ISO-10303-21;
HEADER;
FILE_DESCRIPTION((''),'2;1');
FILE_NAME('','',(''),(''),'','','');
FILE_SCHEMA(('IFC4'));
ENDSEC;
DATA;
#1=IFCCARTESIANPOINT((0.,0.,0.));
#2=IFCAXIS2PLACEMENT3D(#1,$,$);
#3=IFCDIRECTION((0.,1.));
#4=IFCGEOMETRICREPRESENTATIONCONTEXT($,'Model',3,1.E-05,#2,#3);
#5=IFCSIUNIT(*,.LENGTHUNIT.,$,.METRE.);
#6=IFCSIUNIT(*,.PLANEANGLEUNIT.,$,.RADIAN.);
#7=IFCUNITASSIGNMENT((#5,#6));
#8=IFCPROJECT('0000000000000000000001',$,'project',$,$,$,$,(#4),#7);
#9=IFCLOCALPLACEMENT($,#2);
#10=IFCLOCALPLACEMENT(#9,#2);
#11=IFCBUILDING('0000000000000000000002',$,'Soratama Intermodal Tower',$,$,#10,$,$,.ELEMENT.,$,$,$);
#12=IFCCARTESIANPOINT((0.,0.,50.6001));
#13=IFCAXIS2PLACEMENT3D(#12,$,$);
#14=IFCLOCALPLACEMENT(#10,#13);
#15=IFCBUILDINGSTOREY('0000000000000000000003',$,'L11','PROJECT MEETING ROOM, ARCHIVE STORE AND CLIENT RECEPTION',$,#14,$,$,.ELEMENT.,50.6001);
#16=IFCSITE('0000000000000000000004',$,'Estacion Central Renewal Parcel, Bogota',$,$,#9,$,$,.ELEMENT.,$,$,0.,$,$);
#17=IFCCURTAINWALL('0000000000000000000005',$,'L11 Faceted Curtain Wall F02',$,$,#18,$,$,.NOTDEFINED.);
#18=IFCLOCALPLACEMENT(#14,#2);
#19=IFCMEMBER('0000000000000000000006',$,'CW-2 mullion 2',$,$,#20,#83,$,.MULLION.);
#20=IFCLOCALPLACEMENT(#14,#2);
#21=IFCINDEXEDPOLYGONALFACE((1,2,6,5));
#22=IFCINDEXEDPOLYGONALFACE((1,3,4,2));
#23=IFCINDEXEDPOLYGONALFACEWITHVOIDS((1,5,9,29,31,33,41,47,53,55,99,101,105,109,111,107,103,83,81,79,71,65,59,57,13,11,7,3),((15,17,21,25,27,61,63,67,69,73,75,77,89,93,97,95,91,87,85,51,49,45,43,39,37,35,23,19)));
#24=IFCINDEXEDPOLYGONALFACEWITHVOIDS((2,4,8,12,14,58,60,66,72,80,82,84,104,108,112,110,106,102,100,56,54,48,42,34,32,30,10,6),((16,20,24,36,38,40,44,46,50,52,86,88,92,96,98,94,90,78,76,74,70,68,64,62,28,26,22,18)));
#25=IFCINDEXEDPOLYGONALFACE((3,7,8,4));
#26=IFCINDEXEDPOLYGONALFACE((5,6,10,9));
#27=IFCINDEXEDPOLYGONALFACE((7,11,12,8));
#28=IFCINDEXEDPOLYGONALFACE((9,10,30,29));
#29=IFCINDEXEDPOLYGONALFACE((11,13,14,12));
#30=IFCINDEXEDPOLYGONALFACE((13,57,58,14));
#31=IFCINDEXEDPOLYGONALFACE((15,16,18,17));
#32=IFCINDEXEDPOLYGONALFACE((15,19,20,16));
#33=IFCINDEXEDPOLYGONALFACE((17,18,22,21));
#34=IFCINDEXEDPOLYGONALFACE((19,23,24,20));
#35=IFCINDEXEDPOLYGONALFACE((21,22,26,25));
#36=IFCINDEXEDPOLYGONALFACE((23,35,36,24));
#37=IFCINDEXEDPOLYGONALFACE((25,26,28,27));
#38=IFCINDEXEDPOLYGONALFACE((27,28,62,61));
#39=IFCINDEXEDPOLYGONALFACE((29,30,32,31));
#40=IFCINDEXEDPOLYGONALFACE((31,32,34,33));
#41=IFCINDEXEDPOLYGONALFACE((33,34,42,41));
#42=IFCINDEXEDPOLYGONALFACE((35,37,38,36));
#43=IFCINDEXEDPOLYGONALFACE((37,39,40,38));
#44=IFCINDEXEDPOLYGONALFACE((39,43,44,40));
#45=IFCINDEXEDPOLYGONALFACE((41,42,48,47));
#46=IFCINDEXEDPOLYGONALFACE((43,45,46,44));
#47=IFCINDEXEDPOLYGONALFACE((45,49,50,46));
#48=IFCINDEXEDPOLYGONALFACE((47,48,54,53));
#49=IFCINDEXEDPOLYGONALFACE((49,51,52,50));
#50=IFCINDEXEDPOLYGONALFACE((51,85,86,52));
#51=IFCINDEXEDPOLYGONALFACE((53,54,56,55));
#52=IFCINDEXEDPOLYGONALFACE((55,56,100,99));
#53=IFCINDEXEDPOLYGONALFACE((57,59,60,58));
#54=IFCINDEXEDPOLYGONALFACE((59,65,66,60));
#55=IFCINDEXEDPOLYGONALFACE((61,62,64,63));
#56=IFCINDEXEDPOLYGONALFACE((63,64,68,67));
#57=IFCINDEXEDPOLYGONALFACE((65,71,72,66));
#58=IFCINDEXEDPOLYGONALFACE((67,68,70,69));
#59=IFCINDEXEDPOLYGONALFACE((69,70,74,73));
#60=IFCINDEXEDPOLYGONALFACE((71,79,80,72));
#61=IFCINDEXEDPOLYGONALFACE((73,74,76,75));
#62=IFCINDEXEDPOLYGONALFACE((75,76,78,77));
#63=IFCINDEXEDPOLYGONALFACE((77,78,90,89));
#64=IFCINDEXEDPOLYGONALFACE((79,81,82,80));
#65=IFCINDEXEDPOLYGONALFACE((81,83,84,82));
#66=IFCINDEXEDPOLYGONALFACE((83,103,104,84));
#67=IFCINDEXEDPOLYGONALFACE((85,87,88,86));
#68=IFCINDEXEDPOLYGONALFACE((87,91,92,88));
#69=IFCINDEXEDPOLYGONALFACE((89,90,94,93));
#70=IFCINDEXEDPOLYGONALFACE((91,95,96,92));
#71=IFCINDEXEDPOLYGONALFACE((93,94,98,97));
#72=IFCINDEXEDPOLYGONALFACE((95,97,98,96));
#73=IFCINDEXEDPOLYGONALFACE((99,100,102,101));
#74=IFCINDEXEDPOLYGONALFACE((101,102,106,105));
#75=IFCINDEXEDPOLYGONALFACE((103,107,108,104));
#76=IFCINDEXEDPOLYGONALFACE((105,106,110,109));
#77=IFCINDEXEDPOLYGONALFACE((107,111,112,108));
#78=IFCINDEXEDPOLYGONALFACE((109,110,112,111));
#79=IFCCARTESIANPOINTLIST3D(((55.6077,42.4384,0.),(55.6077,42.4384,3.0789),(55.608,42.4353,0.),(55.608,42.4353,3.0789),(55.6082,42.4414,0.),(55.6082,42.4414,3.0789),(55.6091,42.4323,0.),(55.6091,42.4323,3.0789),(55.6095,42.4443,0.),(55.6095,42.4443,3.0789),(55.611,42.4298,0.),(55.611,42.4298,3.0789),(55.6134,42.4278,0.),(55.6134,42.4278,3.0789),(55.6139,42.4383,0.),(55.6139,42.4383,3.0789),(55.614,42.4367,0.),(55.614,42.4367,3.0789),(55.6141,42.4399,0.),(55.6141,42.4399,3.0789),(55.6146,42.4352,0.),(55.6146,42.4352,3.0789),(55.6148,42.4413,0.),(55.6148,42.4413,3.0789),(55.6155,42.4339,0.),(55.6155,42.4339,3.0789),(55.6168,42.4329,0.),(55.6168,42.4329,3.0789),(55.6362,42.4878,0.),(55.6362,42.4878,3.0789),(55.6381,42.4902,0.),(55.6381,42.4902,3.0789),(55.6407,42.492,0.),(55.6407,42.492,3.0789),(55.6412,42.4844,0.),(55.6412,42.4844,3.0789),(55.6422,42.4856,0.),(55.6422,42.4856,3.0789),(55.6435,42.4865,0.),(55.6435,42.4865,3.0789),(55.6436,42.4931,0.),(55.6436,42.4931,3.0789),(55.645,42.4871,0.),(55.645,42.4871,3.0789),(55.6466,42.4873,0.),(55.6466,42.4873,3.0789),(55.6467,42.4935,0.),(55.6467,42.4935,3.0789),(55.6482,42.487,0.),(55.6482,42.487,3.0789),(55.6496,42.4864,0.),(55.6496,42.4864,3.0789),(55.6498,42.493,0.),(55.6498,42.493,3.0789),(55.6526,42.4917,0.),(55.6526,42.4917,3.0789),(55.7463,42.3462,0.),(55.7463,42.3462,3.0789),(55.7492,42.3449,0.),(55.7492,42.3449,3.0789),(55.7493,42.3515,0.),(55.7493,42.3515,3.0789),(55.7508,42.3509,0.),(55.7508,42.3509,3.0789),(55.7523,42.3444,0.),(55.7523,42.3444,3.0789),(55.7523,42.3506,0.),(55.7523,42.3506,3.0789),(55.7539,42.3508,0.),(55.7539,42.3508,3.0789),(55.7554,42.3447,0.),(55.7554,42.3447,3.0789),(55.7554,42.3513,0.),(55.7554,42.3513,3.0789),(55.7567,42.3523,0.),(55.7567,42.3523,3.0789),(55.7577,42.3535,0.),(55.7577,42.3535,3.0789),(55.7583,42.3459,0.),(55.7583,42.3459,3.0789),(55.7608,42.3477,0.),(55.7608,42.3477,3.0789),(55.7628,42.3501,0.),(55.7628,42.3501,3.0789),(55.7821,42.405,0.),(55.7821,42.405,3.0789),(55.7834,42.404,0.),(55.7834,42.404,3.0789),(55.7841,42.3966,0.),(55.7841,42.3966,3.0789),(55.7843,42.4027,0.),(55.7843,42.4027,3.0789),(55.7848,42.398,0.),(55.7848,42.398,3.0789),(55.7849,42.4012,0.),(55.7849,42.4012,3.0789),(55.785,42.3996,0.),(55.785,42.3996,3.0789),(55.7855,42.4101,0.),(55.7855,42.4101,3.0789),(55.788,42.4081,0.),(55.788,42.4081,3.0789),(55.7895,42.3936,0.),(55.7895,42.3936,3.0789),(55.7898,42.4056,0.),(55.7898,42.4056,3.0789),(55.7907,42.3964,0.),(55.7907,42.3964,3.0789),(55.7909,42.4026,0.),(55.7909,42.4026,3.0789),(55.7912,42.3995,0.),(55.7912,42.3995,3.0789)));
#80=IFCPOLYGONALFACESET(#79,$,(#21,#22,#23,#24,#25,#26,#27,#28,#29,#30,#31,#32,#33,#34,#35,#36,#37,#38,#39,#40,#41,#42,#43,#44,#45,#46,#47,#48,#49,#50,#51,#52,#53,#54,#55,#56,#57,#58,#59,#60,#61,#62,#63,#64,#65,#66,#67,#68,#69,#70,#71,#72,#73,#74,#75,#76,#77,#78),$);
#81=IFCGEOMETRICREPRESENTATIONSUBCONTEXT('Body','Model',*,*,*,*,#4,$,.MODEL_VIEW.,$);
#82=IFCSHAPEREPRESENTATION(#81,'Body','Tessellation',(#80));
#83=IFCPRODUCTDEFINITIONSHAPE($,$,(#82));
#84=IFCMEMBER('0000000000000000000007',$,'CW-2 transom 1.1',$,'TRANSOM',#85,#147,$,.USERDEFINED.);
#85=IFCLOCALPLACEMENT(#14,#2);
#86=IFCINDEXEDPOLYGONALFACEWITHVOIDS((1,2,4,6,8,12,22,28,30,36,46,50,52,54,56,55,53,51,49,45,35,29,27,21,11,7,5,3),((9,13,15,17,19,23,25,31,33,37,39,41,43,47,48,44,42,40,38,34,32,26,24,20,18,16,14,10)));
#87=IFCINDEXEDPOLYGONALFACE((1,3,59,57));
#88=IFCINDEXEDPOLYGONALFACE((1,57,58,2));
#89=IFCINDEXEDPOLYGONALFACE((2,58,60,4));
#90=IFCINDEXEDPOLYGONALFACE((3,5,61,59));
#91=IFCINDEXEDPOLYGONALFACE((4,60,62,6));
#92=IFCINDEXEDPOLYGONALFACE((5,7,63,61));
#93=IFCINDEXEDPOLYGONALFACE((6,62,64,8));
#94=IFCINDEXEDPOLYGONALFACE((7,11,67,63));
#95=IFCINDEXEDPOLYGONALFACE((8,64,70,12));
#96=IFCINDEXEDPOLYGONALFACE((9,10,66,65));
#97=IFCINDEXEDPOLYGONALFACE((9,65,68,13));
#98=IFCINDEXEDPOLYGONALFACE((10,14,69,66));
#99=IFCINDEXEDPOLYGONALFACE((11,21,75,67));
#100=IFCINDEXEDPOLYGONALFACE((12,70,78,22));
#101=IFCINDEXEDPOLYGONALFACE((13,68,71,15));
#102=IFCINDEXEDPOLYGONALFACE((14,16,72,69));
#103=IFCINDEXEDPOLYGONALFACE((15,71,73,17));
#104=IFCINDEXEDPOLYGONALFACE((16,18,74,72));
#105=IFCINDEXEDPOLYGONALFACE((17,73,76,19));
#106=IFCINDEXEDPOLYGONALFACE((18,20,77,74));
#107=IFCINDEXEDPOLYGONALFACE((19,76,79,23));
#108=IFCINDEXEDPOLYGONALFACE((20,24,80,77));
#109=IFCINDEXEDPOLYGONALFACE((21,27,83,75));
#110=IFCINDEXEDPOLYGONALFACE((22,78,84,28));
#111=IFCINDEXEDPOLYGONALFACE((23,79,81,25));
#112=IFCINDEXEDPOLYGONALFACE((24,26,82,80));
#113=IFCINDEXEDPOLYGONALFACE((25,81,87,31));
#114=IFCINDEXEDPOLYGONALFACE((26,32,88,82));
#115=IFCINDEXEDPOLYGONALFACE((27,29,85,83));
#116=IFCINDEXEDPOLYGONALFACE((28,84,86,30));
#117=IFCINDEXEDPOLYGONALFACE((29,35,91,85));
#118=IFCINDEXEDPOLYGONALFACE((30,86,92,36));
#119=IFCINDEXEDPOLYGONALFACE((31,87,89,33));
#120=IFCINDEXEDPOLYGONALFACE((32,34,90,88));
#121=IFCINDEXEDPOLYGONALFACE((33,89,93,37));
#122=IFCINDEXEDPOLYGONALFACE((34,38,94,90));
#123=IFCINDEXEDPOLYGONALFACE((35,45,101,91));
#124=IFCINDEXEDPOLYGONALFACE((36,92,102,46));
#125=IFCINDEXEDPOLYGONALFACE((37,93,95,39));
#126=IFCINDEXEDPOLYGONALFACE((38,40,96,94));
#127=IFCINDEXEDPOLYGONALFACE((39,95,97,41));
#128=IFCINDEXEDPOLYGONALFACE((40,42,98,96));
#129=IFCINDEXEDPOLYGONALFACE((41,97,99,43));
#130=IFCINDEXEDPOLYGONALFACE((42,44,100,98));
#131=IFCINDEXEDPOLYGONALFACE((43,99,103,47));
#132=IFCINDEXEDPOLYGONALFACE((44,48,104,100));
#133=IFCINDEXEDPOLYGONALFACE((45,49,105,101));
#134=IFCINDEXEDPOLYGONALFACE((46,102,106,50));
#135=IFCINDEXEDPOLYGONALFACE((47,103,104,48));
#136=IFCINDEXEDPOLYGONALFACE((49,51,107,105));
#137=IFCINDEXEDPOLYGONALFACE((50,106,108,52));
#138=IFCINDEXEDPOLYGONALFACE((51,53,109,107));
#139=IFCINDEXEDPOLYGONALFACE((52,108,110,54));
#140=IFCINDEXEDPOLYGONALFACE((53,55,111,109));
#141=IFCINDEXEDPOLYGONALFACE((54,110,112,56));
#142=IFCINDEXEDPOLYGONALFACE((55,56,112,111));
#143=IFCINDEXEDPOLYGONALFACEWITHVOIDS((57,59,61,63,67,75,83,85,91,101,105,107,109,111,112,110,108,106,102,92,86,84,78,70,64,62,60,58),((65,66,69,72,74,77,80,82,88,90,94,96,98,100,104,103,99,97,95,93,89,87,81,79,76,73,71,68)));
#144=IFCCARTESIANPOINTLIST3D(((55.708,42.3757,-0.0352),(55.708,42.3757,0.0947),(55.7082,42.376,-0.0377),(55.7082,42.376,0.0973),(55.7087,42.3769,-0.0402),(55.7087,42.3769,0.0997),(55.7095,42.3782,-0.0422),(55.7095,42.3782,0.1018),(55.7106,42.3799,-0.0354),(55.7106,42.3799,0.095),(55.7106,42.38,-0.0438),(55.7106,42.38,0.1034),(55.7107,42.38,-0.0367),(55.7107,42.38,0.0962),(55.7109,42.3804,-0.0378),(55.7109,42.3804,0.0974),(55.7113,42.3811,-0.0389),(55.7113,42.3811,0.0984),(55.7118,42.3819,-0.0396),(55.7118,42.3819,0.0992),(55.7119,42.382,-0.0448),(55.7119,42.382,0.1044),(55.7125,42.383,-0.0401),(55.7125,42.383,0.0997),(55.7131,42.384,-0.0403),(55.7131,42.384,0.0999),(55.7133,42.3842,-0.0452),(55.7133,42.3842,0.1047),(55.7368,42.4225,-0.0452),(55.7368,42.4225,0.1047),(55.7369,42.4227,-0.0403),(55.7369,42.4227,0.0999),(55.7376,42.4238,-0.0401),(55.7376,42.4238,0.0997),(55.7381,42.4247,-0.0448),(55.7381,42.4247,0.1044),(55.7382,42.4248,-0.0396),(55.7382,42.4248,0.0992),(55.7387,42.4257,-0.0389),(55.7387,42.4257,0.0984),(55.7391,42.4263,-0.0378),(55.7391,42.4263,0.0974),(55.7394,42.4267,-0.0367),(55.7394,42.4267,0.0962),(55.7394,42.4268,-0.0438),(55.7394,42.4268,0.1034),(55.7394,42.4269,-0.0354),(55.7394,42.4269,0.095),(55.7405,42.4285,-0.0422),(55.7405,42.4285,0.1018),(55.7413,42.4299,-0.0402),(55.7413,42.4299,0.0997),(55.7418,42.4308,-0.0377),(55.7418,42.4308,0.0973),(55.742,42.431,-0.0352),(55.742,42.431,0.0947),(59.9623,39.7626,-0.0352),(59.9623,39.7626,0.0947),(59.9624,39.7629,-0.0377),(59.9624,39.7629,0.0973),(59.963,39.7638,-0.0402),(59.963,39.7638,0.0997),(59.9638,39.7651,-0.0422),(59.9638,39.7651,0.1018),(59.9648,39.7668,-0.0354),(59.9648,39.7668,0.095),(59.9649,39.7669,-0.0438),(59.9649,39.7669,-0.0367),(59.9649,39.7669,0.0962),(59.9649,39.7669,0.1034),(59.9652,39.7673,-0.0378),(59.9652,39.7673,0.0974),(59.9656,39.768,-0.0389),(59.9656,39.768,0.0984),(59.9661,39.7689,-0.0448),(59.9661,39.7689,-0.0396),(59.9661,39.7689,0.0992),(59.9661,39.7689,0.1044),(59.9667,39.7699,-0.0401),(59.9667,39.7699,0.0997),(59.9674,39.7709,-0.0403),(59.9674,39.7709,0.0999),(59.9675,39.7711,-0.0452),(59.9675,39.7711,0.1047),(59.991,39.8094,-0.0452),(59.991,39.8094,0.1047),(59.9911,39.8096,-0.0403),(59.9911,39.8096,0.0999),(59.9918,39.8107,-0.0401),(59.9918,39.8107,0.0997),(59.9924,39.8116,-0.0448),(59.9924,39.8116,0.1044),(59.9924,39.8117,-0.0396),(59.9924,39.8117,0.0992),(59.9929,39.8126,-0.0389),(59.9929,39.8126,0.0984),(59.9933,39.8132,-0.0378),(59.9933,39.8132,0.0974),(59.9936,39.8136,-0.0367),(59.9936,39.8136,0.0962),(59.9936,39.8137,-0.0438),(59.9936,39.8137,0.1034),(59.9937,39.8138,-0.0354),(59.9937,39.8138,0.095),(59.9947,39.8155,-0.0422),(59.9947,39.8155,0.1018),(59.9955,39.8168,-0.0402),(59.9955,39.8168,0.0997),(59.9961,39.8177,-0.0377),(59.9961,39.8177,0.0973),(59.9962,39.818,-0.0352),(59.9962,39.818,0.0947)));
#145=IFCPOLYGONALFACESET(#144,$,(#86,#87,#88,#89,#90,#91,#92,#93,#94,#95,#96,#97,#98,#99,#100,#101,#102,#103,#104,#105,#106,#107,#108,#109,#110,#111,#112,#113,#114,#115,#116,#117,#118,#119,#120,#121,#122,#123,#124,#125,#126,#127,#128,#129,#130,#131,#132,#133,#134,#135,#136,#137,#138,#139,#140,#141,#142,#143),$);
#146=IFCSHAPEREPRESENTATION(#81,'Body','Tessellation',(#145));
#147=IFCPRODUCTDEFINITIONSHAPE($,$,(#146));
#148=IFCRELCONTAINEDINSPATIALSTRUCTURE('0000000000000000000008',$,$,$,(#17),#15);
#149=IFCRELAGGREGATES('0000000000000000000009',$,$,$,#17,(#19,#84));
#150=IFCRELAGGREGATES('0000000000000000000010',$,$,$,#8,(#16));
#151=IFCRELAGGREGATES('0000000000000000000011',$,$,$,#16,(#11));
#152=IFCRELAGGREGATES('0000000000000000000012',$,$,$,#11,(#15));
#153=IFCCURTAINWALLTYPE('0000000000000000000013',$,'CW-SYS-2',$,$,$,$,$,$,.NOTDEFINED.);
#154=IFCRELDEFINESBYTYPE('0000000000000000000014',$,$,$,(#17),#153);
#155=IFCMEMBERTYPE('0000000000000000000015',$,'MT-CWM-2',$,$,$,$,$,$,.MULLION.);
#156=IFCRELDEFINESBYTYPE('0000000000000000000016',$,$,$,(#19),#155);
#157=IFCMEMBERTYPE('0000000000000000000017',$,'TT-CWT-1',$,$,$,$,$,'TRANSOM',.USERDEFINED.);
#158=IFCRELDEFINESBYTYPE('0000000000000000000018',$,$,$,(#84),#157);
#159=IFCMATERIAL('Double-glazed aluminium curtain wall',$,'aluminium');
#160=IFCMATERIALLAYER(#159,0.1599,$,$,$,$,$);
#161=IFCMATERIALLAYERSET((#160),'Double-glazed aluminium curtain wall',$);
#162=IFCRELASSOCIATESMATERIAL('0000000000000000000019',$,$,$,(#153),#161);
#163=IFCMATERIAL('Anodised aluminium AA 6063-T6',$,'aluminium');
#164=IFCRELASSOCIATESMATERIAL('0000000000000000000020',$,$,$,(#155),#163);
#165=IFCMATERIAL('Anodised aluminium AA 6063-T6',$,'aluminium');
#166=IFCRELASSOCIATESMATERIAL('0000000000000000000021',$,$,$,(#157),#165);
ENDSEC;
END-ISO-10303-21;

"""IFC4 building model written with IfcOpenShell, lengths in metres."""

from ifc_helpers import new_model, si_unit, direction, frame, origin, origin_2d, place, context, subcontext, project, spatial, hollow_rectangle, extrude, material, layer, layer_set, material_profile, profile_set, type_object, element, aggregate, save


model = new_model("IFC4")

# Units and contexts
model_context = context("Model", 3, precision=1e-05, world=origin(), true_north=direction((0.0, 1.0)))
body_context = subcontext(model_context, "Body", "Model", "MODEL_VIEW")
ifc_project = project(units=[si_unit("LENGTHUNIT", "METRE"), si_unit("PLANEANGLEUNIT", "RADIAN")], contexts=[model_context])

# Site, building, storey
site_placement = place(None, origin())
site = spatial("IfcSite", under=ifc_project, at=site_placement, Name="Estacion Central Renewal Parcel, Bogota", CompositionType="ELEMENT", RefElevation=0.0)
building_placement = place(site_placement, origin())
building = spatial("IfcBuilding", under=site, at=building_placement, Name="Soratama Intermodal Tower", CompositionType="ELEMENT")
storey_placement = place(building_placement, frame((0.0, 0.0, 50.6001)))
storey = spatial("IfcBuildingStorey", under=building, at=storey_placement, Name="L11", Description="PROJECT MEETING ROOM, ARCHIVE STORE AND CLIENT RECEPTION", CompositionType="ELEMENT", Elevation=50.6001)

# Shared definitions
ifc_material_1 = material(Name="Double-glazed aluminium curtain wall", Category="aluminium")
ifc_layer_1 = layer(ifc_material_1, 0.1599)
ifc_layer_set_1 = layer_set([ifc_layer_1], Name="Double-glazed aluminium curtain wall")
curtain_wall_type = type_object("IfcCurtainWallType", Name="CW-SYS-2", PredefinedType="NOTDEFINED", material=ifc_layer_set_1)
ifc_material_2 = material(Name="Anodised aluminium AA 6063-T6", Category="aluminium")
ifc_material_profile_1 = material_profile(ifc_material_2, hollow_rectangle(XDim=0.075, YDim=0.1799, WallThickness=0.0061, InnerFilletRadius=0.0061, OuterFilletRadius=0.012, at=origin_2d()), Name="CWM180X75X6")
ifc_profile_set_1 = profile_set([ifc_material_profile_1], Name="Anodised aluminium AA 6063-T6")
member_type_1 = type_object("IfcMemberType", Name="MT-CWM-2", PredefinedType="MULLION", material=ifc_profile_set_1)

# Curtain wall, members
curtain_wall_1_placement = place(storey_placement, origin())
curtain_wall_1 = element("IfcCurtainWall", 1, at=curtain_wall_1_placement, inside=storey, type_object=curtain_wall_type, Name="L11 Faceted Curtain Wall F02", PredefinedType="NOTDEFINED")
member_1_placement = place(storey_placement, frame((55.6995, 42.4189, 0.0), z_axis=(0.0, 0.0, 1.0), x_axis=(-0.523385, -0.852096, 0.0)))
member_1 = element("IfcMember", 2, at=member_1_placement, type_object=member_type_1, Name="CW-2 mullion 2", PredefinedType="MULLION", context=body_context, shape_type="SweptSolid", body=[
    extrude(hollow_rectangle(XDim=0.075, YDim=0.1799, WallThickness=0.0061, InnerFilletRadius=0.0061, OuterFilletRadius=0.012, at=origin_2d()), origin(), (0.0, 0.0, 1.0), 3.0789),
])
ifc_material_3 = material(Name="Anodised aluminium AA 6063-T6", Category="aluminium")
ifc_material_profile_2 = material_profile(ifc_material_3, hollow_rectangle(XDim=0.0649, YDim=0.1499, WallThickness=0.0049, InnerFilletRadius=0.0049, OuterFilletRadius=0.01, at=origin_2d()), Name="CWT150X65X5")
ifc_profile_set_2 = profile_set([ifc_material_profile_2], Name="Anodised aluminium AA 6063-T6")
member_type_2 = type_object("IfcMemberType", Name="TT-CWT-1", ElementType="TRANSOM", PredefinedType="USERDEFINED", material=ifc_profile_set_2)
member_2_placement = place(storey_placement, frame((59.9792, 39.7903, 0.0298), z_axis=(-0.852096, 0.523385, 0.0), x_axis=(-0.523385, -0.852096, 0.0)))
member_2 = element("IfcMember", 3, at=member_2_placement, type_object=member_type_2, Name="CW-2 transom 1.1", ObjectType="TRANSOM", PredefinedType="USERDEFINED", context=body_context, shape_type="SweptSolid", body=[
    extrude(hollow_rectangle(XDim=0.0649, YDim=0.1499, WallThickness=0.0049, InnerFilletRadius=0.0049, OuterFilletRadius=0.01, at=origin_2d()), origin(), (0.0, 0.0, 1.0), 4.9927),
])

aggregate(curtain_wall_1, [member_1, member_2])

save(model, "model.ifc")
